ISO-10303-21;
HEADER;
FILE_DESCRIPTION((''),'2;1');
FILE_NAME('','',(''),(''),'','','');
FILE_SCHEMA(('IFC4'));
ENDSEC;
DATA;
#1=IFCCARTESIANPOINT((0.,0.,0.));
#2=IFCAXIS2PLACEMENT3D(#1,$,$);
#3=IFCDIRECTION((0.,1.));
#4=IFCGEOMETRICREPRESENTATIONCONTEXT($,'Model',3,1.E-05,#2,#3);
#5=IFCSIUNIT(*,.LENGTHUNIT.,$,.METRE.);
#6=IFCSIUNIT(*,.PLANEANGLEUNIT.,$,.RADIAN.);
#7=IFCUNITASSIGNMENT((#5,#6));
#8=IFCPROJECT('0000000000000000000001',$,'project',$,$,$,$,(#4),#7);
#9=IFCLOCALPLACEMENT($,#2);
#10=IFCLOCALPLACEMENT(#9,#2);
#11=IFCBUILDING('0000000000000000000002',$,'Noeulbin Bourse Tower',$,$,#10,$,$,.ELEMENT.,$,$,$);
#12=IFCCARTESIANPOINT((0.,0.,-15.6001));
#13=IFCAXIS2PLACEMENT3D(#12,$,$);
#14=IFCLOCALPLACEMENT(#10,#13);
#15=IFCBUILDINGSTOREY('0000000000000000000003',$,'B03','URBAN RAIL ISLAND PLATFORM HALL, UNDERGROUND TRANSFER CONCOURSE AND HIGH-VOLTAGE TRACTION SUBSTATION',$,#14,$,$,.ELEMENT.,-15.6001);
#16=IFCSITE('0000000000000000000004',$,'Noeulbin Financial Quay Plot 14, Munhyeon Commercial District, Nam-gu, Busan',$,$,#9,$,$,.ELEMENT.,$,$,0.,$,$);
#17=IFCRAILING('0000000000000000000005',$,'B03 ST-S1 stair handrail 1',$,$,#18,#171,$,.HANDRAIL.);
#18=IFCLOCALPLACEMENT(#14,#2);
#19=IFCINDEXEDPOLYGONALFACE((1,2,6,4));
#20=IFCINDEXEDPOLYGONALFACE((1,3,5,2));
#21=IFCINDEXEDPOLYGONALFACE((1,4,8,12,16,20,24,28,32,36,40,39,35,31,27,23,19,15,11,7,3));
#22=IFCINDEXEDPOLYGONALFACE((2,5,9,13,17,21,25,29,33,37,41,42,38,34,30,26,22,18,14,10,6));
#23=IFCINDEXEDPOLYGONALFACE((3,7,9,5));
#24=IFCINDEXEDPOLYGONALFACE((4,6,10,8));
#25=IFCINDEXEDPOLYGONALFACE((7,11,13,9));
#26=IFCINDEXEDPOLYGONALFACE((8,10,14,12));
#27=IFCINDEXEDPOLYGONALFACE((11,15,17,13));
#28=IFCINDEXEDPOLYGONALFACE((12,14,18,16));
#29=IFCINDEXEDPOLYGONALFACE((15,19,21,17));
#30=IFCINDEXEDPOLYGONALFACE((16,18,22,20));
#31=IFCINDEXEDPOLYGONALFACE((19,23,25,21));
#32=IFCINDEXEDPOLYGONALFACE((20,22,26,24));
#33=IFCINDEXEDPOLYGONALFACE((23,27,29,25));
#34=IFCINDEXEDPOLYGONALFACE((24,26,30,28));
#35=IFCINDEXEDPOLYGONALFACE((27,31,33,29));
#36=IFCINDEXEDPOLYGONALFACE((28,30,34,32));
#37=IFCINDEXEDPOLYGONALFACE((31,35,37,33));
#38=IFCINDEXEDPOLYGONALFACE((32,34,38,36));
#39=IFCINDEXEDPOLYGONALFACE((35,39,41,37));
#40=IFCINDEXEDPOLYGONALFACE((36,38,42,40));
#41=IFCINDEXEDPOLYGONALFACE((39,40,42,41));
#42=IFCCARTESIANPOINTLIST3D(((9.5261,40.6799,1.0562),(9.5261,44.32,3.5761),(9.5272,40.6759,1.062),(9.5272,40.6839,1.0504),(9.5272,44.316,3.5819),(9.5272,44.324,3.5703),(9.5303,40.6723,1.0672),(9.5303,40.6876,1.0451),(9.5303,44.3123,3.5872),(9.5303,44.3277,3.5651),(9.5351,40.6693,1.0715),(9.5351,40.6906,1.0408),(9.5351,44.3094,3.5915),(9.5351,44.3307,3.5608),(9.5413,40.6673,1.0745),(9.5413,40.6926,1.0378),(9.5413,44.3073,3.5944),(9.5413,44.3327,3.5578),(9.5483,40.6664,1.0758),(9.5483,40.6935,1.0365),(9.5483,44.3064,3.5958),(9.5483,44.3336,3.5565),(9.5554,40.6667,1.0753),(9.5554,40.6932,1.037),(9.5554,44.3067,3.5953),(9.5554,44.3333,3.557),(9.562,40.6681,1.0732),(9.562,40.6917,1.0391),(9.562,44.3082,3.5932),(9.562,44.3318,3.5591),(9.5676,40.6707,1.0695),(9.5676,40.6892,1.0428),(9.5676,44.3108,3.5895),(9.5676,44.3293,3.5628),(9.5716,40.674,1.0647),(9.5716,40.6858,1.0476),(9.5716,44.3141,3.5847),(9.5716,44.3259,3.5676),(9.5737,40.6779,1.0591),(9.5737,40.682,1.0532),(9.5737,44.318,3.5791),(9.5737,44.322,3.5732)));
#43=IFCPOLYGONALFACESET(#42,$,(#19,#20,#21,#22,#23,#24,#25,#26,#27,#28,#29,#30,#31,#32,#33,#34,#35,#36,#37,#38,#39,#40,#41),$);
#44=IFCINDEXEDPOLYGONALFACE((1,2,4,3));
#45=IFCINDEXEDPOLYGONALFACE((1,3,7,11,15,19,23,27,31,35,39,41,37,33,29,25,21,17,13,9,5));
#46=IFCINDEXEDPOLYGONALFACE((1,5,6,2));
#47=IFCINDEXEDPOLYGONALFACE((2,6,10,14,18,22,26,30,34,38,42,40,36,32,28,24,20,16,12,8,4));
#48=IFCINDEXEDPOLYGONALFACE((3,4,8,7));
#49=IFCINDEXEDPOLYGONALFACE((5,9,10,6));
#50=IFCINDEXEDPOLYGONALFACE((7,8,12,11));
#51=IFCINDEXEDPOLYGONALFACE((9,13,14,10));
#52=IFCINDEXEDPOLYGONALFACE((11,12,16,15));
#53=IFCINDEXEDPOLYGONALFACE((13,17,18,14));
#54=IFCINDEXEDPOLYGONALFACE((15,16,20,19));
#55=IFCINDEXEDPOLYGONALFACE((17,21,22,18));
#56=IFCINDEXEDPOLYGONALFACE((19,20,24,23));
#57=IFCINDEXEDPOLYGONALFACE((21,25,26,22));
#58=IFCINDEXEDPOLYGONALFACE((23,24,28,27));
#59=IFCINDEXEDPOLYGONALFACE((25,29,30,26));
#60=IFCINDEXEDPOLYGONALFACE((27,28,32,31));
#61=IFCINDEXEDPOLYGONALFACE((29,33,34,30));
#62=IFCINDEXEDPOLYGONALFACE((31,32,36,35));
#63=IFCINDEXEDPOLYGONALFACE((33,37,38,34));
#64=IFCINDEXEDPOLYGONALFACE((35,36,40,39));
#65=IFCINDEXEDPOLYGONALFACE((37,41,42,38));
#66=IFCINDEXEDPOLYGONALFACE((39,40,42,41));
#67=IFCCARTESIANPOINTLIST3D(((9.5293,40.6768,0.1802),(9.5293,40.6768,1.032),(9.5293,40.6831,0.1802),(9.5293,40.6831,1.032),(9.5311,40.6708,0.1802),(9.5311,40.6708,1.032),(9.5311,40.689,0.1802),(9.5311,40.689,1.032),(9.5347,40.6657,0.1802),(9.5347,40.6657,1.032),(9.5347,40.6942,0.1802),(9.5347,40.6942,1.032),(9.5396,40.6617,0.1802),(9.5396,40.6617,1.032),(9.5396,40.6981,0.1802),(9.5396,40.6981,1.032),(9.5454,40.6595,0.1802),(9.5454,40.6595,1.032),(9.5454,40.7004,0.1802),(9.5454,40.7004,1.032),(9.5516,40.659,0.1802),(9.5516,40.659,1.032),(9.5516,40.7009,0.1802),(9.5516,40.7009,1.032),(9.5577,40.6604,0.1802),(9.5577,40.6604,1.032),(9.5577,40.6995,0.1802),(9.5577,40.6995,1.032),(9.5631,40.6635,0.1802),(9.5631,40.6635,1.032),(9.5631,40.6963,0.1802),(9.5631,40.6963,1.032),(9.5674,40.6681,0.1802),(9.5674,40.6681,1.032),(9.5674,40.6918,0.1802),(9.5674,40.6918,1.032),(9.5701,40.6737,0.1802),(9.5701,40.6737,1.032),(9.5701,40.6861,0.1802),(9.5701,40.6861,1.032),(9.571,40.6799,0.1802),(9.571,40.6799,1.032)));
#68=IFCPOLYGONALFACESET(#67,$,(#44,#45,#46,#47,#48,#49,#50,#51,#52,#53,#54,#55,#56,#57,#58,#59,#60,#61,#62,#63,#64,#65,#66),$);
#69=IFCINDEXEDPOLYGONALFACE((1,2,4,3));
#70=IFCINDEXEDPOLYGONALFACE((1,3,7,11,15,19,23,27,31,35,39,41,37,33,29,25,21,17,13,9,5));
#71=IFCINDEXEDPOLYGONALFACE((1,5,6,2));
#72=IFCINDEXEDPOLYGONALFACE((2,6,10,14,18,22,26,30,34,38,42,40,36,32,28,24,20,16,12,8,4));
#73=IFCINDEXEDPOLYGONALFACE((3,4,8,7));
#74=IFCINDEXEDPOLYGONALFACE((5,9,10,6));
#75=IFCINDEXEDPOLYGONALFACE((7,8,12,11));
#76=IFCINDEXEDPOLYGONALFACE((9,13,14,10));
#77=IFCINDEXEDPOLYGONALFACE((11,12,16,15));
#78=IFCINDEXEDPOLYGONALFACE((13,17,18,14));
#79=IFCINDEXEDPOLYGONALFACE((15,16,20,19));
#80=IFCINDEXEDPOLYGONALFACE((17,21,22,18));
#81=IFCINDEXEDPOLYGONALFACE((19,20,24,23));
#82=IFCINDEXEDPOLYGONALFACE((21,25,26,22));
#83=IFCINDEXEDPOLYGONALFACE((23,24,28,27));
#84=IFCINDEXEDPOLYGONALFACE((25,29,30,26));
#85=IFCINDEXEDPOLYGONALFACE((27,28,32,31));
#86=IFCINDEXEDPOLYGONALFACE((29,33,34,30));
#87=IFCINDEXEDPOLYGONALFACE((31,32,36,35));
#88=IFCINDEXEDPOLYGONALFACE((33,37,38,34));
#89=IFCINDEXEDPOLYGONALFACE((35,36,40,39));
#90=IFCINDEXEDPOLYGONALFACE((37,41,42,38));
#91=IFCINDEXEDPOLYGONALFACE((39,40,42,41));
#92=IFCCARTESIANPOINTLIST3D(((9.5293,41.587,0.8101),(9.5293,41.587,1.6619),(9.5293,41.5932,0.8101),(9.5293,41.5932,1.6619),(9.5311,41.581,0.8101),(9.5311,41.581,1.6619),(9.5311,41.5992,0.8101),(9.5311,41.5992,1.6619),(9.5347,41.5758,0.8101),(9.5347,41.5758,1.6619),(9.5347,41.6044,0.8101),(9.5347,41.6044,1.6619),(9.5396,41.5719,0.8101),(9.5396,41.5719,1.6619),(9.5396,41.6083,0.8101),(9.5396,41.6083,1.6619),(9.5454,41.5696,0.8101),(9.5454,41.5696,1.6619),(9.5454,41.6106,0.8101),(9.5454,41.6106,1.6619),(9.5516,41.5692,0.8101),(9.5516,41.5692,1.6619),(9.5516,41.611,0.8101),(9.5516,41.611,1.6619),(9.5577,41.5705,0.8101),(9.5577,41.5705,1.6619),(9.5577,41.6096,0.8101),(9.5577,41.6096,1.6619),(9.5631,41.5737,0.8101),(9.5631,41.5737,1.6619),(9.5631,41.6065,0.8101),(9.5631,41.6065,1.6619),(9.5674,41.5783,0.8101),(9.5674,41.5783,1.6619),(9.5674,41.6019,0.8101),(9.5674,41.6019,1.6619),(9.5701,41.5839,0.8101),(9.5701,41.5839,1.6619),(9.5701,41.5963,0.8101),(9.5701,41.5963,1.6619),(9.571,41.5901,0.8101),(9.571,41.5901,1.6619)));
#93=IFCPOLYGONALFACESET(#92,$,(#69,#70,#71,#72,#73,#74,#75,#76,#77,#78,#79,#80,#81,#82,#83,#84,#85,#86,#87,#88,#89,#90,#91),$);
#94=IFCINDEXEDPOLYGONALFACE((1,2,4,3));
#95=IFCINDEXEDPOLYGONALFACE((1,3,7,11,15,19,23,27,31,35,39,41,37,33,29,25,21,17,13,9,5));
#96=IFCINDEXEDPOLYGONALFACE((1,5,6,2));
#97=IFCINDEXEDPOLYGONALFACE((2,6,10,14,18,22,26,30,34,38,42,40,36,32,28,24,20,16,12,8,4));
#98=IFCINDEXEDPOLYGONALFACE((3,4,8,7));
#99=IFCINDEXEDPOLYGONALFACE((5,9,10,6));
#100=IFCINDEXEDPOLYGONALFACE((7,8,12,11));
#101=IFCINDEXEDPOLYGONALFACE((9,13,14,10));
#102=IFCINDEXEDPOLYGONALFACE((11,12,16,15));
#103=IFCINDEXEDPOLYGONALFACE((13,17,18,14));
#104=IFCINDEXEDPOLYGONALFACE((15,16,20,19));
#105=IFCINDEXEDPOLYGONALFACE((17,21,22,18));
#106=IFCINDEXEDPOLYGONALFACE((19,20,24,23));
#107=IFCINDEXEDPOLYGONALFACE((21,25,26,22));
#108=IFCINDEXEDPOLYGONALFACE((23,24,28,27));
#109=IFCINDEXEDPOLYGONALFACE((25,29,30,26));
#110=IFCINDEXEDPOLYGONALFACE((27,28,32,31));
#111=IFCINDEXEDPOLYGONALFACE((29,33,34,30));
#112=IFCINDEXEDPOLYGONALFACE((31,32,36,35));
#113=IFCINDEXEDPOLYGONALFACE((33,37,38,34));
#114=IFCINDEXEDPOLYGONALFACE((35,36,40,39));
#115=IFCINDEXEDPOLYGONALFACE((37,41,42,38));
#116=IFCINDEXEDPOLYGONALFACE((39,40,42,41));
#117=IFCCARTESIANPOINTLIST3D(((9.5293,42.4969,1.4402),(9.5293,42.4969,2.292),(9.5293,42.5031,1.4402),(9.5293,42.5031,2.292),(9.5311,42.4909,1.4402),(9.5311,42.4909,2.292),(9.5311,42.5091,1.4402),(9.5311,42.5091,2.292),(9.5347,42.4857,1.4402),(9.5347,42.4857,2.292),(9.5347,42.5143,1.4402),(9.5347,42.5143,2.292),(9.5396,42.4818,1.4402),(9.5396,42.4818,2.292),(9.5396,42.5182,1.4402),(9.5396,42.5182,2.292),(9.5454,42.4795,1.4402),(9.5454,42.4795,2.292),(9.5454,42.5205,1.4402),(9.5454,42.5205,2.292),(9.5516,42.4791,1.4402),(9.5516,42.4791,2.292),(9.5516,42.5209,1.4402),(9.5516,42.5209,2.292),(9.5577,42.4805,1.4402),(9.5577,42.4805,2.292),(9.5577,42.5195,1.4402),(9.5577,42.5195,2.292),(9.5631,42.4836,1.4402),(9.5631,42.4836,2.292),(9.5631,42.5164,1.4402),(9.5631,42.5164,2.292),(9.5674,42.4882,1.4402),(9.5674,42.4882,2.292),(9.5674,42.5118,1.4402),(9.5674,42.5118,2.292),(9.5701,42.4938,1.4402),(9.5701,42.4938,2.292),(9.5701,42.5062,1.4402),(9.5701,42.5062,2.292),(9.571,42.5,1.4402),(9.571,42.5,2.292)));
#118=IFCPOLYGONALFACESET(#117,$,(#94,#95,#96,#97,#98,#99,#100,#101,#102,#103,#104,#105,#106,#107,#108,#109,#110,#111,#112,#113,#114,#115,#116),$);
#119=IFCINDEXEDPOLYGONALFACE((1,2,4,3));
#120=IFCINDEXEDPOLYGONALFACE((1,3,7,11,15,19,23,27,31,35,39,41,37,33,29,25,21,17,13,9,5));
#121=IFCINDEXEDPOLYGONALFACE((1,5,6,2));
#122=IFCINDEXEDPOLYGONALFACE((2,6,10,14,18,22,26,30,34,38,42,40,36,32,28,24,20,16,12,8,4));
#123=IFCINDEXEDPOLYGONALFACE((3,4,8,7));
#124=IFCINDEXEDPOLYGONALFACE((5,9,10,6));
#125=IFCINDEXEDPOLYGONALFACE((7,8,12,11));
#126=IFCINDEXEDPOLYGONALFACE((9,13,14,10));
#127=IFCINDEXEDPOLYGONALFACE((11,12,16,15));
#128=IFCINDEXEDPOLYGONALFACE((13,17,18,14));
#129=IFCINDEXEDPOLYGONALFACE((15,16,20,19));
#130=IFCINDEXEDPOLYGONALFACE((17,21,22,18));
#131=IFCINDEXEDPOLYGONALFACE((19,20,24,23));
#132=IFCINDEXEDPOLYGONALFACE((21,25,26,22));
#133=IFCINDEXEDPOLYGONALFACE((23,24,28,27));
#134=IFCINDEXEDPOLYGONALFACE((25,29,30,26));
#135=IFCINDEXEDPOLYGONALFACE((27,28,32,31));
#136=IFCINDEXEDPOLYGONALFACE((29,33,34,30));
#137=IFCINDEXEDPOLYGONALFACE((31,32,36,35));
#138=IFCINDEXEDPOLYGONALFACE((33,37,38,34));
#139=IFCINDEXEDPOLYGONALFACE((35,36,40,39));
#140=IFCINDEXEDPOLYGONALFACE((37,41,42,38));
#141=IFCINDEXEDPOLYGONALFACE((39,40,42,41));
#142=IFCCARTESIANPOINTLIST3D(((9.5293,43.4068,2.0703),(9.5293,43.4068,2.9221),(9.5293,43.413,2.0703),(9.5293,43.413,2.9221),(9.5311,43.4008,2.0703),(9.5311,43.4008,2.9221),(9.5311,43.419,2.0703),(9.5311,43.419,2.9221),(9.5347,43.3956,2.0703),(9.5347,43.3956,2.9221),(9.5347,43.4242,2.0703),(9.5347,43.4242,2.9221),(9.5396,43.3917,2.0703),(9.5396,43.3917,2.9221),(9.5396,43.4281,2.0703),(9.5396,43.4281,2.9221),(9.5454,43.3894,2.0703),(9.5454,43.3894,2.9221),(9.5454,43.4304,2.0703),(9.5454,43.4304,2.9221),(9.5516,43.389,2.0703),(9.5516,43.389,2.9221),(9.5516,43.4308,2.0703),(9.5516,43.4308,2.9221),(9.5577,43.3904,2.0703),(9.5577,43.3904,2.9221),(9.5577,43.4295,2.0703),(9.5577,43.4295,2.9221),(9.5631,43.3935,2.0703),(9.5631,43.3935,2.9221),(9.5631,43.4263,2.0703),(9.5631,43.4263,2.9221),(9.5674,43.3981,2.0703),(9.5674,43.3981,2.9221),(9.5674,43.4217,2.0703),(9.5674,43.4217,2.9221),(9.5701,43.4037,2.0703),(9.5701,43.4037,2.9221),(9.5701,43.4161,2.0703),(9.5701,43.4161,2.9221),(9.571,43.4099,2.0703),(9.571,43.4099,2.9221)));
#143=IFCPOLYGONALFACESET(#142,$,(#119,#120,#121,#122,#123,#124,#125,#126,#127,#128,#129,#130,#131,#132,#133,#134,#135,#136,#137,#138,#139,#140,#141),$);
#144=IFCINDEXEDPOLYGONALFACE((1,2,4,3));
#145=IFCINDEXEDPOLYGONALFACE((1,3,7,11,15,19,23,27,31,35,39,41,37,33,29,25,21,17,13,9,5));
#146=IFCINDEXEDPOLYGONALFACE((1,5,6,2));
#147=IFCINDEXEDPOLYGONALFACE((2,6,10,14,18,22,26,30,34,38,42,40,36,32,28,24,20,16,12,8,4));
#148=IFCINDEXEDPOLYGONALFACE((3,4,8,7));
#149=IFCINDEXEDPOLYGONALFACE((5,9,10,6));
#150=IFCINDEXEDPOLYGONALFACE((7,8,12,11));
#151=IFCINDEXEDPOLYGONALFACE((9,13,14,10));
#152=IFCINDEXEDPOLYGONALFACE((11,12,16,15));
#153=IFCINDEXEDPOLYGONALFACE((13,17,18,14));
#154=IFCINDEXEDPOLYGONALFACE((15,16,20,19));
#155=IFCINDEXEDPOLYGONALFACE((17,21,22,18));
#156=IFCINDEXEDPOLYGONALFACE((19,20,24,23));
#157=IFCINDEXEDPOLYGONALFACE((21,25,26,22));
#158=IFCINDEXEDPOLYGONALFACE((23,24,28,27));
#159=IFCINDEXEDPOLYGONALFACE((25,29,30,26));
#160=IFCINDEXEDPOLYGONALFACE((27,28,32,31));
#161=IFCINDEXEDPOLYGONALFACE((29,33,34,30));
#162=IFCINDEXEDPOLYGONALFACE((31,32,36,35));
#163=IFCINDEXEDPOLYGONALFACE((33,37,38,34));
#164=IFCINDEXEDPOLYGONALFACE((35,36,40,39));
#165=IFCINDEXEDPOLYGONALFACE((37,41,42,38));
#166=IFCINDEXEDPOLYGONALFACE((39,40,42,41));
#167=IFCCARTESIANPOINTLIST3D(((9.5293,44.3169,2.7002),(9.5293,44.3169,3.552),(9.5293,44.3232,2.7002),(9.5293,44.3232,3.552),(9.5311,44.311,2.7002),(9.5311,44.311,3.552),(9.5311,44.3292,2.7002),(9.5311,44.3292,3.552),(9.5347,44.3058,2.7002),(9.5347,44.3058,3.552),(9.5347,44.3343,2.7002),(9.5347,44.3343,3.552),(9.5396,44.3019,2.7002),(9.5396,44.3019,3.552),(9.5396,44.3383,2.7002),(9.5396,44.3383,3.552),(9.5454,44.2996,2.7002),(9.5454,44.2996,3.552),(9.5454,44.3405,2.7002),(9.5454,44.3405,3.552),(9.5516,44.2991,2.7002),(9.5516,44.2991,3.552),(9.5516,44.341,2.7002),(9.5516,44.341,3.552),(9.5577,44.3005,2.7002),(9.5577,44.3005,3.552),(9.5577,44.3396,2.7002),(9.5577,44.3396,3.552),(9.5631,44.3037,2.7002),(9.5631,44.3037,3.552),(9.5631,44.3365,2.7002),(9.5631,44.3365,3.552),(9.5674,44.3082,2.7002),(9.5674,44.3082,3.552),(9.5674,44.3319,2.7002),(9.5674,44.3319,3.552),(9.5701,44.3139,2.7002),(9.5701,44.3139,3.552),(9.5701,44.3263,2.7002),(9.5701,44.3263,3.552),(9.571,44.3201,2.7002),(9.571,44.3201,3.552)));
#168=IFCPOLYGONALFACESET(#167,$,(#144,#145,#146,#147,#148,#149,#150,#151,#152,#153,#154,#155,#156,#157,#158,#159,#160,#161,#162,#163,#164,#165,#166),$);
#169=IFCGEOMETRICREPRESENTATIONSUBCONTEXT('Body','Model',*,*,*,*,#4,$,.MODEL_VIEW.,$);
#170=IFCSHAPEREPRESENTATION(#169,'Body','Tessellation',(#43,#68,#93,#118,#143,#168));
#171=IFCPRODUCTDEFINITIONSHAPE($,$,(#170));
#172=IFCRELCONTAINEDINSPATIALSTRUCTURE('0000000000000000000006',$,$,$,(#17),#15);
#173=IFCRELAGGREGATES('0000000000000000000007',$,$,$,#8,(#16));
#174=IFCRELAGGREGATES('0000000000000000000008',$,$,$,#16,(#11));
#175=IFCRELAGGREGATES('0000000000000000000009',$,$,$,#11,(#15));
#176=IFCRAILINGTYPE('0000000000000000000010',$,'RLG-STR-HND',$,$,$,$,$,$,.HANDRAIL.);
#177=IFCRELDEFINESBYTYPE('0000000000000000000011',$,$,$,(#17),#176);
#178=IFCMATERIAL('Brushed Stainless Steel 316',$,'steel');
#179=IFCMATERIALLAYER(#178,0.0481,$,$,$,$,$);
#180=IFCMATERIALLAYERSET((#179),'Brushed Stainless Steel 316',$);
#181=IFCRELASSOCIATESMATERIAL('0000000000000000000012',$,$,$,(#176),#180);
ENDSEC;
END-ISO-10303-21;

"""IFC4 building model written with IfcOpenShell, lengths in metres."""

from ifc_helpers import new_model, si_unit, direction, frame, origin, origin_2d, place, context, subcontext, project, spatial, circle, extrude, material, layer, layer_set, type_object, element, save


model = new_model("IFC4")

# Units and contexts
model_context = context("Model", 3, precision=1e-05, world=origin(), true_north=direction((0.0, 1.0)))
body_context = subcontext(model_context, "Body", "Model", "MODEL_VIEW")
ifc_project = project(units=[si_unit("LENGTHUNIT", "METRE"), si_unit("PLANEANGLEUNIT", "RADIAN")], contexts=[model_context])

# Site, building, storey
site_placement = place(None, origin())
site = spatial("IfcSite", under=ifc_project, at=site_placement, Name="Noeulbin Financial Quay Plot 14, Munhyeon Commercial District, Nam-gu, Busan", CompositionType="ELEMENT", RefElevation=0.0)
building_placement = place(site_placement, origin())
building = spatial("IfcBuilding", under=site, at=building_placement, Name="Noeulbin Bourse Tower", CompositionType="ELEMENT")
storey_placement = place(building_placement, frame((0.0, 0.0, -15.6001)))
storey = spatial("IfcBuildingStorey", under=building, at=storey_placement, Name="B03", Description="URBAN RAIL ISLAND PLATFORM HALL, UNDERGROUND TRANSFER CONCOURSE AND HIGH-VOLTAGE TRACTION SUBSTATION", CompositionType="ELEMENT", Elevation=-15.6001)

# Railing
ifc_material_1 = material(Name="Brushed Stainless Steel 316", Category="steel")
ifc_layer_1 = layer(ifc_material_1, 0.0481)
ifc_layer_set_1 = layer_set([ifc_layer_1], Name="Brushed Stainless Steel 316")
railing_type_1 = type_object("IfcRailingType", Name="RLG-STR-HND", PredefinedType="HANDRAIL", material=ifc_layer_set_1)
railing_1_placement = place(storey_placement, frame((9.55, 40.6799, 0.1802)))
element("IfcRailing", 1, at=railing_1_placement, inside=storey, type_object=railing_type_1, Name="B03 ST-S1 stair handrail 1", PredefinedType="HANDRAIL", context=body_context, shape_type="SweptSolid", body=[
    extrude(circle(Radius=0.0239, at=origin_2d()), frame((0.0, 0.0, 0.876), z_axis=(0.0, 0.8222, 0.569199), x_axis=(-1.0, 0.0, 0.0)), (0.0, 0.0, 1.0), 4.4272),
    extrude(circle(Radius=0.021, at=origin_2d()), origin(), (0.0, 0.0, 1.0), 0.8518),
    extrude(circle(Radius=0.021, at=origin_2d()), frame((0.0, 0.9102, 0.6299)), (0.0, 0.0, 1.0), 0.8518),
    extrude(circle(Radius=0.021, at=origin_2d()), frame((0.0, 1.8201, 1.26)), (0.0, 0.0, 1.0), 0.8518),
    extrude(circle(Radius=0.021, at=origin_2d()), frame((0.0, 2.73, 1.8901)), (0.0, 0.0, 1.0), 0.8518),
    extrude(circle(Radius=0.021, at=origin_2d()), frame((0.0, 3.6401, 2.52)), (0.0, 0.0, 1.0), 0.8518),
])

save(model, "model.ifc")
